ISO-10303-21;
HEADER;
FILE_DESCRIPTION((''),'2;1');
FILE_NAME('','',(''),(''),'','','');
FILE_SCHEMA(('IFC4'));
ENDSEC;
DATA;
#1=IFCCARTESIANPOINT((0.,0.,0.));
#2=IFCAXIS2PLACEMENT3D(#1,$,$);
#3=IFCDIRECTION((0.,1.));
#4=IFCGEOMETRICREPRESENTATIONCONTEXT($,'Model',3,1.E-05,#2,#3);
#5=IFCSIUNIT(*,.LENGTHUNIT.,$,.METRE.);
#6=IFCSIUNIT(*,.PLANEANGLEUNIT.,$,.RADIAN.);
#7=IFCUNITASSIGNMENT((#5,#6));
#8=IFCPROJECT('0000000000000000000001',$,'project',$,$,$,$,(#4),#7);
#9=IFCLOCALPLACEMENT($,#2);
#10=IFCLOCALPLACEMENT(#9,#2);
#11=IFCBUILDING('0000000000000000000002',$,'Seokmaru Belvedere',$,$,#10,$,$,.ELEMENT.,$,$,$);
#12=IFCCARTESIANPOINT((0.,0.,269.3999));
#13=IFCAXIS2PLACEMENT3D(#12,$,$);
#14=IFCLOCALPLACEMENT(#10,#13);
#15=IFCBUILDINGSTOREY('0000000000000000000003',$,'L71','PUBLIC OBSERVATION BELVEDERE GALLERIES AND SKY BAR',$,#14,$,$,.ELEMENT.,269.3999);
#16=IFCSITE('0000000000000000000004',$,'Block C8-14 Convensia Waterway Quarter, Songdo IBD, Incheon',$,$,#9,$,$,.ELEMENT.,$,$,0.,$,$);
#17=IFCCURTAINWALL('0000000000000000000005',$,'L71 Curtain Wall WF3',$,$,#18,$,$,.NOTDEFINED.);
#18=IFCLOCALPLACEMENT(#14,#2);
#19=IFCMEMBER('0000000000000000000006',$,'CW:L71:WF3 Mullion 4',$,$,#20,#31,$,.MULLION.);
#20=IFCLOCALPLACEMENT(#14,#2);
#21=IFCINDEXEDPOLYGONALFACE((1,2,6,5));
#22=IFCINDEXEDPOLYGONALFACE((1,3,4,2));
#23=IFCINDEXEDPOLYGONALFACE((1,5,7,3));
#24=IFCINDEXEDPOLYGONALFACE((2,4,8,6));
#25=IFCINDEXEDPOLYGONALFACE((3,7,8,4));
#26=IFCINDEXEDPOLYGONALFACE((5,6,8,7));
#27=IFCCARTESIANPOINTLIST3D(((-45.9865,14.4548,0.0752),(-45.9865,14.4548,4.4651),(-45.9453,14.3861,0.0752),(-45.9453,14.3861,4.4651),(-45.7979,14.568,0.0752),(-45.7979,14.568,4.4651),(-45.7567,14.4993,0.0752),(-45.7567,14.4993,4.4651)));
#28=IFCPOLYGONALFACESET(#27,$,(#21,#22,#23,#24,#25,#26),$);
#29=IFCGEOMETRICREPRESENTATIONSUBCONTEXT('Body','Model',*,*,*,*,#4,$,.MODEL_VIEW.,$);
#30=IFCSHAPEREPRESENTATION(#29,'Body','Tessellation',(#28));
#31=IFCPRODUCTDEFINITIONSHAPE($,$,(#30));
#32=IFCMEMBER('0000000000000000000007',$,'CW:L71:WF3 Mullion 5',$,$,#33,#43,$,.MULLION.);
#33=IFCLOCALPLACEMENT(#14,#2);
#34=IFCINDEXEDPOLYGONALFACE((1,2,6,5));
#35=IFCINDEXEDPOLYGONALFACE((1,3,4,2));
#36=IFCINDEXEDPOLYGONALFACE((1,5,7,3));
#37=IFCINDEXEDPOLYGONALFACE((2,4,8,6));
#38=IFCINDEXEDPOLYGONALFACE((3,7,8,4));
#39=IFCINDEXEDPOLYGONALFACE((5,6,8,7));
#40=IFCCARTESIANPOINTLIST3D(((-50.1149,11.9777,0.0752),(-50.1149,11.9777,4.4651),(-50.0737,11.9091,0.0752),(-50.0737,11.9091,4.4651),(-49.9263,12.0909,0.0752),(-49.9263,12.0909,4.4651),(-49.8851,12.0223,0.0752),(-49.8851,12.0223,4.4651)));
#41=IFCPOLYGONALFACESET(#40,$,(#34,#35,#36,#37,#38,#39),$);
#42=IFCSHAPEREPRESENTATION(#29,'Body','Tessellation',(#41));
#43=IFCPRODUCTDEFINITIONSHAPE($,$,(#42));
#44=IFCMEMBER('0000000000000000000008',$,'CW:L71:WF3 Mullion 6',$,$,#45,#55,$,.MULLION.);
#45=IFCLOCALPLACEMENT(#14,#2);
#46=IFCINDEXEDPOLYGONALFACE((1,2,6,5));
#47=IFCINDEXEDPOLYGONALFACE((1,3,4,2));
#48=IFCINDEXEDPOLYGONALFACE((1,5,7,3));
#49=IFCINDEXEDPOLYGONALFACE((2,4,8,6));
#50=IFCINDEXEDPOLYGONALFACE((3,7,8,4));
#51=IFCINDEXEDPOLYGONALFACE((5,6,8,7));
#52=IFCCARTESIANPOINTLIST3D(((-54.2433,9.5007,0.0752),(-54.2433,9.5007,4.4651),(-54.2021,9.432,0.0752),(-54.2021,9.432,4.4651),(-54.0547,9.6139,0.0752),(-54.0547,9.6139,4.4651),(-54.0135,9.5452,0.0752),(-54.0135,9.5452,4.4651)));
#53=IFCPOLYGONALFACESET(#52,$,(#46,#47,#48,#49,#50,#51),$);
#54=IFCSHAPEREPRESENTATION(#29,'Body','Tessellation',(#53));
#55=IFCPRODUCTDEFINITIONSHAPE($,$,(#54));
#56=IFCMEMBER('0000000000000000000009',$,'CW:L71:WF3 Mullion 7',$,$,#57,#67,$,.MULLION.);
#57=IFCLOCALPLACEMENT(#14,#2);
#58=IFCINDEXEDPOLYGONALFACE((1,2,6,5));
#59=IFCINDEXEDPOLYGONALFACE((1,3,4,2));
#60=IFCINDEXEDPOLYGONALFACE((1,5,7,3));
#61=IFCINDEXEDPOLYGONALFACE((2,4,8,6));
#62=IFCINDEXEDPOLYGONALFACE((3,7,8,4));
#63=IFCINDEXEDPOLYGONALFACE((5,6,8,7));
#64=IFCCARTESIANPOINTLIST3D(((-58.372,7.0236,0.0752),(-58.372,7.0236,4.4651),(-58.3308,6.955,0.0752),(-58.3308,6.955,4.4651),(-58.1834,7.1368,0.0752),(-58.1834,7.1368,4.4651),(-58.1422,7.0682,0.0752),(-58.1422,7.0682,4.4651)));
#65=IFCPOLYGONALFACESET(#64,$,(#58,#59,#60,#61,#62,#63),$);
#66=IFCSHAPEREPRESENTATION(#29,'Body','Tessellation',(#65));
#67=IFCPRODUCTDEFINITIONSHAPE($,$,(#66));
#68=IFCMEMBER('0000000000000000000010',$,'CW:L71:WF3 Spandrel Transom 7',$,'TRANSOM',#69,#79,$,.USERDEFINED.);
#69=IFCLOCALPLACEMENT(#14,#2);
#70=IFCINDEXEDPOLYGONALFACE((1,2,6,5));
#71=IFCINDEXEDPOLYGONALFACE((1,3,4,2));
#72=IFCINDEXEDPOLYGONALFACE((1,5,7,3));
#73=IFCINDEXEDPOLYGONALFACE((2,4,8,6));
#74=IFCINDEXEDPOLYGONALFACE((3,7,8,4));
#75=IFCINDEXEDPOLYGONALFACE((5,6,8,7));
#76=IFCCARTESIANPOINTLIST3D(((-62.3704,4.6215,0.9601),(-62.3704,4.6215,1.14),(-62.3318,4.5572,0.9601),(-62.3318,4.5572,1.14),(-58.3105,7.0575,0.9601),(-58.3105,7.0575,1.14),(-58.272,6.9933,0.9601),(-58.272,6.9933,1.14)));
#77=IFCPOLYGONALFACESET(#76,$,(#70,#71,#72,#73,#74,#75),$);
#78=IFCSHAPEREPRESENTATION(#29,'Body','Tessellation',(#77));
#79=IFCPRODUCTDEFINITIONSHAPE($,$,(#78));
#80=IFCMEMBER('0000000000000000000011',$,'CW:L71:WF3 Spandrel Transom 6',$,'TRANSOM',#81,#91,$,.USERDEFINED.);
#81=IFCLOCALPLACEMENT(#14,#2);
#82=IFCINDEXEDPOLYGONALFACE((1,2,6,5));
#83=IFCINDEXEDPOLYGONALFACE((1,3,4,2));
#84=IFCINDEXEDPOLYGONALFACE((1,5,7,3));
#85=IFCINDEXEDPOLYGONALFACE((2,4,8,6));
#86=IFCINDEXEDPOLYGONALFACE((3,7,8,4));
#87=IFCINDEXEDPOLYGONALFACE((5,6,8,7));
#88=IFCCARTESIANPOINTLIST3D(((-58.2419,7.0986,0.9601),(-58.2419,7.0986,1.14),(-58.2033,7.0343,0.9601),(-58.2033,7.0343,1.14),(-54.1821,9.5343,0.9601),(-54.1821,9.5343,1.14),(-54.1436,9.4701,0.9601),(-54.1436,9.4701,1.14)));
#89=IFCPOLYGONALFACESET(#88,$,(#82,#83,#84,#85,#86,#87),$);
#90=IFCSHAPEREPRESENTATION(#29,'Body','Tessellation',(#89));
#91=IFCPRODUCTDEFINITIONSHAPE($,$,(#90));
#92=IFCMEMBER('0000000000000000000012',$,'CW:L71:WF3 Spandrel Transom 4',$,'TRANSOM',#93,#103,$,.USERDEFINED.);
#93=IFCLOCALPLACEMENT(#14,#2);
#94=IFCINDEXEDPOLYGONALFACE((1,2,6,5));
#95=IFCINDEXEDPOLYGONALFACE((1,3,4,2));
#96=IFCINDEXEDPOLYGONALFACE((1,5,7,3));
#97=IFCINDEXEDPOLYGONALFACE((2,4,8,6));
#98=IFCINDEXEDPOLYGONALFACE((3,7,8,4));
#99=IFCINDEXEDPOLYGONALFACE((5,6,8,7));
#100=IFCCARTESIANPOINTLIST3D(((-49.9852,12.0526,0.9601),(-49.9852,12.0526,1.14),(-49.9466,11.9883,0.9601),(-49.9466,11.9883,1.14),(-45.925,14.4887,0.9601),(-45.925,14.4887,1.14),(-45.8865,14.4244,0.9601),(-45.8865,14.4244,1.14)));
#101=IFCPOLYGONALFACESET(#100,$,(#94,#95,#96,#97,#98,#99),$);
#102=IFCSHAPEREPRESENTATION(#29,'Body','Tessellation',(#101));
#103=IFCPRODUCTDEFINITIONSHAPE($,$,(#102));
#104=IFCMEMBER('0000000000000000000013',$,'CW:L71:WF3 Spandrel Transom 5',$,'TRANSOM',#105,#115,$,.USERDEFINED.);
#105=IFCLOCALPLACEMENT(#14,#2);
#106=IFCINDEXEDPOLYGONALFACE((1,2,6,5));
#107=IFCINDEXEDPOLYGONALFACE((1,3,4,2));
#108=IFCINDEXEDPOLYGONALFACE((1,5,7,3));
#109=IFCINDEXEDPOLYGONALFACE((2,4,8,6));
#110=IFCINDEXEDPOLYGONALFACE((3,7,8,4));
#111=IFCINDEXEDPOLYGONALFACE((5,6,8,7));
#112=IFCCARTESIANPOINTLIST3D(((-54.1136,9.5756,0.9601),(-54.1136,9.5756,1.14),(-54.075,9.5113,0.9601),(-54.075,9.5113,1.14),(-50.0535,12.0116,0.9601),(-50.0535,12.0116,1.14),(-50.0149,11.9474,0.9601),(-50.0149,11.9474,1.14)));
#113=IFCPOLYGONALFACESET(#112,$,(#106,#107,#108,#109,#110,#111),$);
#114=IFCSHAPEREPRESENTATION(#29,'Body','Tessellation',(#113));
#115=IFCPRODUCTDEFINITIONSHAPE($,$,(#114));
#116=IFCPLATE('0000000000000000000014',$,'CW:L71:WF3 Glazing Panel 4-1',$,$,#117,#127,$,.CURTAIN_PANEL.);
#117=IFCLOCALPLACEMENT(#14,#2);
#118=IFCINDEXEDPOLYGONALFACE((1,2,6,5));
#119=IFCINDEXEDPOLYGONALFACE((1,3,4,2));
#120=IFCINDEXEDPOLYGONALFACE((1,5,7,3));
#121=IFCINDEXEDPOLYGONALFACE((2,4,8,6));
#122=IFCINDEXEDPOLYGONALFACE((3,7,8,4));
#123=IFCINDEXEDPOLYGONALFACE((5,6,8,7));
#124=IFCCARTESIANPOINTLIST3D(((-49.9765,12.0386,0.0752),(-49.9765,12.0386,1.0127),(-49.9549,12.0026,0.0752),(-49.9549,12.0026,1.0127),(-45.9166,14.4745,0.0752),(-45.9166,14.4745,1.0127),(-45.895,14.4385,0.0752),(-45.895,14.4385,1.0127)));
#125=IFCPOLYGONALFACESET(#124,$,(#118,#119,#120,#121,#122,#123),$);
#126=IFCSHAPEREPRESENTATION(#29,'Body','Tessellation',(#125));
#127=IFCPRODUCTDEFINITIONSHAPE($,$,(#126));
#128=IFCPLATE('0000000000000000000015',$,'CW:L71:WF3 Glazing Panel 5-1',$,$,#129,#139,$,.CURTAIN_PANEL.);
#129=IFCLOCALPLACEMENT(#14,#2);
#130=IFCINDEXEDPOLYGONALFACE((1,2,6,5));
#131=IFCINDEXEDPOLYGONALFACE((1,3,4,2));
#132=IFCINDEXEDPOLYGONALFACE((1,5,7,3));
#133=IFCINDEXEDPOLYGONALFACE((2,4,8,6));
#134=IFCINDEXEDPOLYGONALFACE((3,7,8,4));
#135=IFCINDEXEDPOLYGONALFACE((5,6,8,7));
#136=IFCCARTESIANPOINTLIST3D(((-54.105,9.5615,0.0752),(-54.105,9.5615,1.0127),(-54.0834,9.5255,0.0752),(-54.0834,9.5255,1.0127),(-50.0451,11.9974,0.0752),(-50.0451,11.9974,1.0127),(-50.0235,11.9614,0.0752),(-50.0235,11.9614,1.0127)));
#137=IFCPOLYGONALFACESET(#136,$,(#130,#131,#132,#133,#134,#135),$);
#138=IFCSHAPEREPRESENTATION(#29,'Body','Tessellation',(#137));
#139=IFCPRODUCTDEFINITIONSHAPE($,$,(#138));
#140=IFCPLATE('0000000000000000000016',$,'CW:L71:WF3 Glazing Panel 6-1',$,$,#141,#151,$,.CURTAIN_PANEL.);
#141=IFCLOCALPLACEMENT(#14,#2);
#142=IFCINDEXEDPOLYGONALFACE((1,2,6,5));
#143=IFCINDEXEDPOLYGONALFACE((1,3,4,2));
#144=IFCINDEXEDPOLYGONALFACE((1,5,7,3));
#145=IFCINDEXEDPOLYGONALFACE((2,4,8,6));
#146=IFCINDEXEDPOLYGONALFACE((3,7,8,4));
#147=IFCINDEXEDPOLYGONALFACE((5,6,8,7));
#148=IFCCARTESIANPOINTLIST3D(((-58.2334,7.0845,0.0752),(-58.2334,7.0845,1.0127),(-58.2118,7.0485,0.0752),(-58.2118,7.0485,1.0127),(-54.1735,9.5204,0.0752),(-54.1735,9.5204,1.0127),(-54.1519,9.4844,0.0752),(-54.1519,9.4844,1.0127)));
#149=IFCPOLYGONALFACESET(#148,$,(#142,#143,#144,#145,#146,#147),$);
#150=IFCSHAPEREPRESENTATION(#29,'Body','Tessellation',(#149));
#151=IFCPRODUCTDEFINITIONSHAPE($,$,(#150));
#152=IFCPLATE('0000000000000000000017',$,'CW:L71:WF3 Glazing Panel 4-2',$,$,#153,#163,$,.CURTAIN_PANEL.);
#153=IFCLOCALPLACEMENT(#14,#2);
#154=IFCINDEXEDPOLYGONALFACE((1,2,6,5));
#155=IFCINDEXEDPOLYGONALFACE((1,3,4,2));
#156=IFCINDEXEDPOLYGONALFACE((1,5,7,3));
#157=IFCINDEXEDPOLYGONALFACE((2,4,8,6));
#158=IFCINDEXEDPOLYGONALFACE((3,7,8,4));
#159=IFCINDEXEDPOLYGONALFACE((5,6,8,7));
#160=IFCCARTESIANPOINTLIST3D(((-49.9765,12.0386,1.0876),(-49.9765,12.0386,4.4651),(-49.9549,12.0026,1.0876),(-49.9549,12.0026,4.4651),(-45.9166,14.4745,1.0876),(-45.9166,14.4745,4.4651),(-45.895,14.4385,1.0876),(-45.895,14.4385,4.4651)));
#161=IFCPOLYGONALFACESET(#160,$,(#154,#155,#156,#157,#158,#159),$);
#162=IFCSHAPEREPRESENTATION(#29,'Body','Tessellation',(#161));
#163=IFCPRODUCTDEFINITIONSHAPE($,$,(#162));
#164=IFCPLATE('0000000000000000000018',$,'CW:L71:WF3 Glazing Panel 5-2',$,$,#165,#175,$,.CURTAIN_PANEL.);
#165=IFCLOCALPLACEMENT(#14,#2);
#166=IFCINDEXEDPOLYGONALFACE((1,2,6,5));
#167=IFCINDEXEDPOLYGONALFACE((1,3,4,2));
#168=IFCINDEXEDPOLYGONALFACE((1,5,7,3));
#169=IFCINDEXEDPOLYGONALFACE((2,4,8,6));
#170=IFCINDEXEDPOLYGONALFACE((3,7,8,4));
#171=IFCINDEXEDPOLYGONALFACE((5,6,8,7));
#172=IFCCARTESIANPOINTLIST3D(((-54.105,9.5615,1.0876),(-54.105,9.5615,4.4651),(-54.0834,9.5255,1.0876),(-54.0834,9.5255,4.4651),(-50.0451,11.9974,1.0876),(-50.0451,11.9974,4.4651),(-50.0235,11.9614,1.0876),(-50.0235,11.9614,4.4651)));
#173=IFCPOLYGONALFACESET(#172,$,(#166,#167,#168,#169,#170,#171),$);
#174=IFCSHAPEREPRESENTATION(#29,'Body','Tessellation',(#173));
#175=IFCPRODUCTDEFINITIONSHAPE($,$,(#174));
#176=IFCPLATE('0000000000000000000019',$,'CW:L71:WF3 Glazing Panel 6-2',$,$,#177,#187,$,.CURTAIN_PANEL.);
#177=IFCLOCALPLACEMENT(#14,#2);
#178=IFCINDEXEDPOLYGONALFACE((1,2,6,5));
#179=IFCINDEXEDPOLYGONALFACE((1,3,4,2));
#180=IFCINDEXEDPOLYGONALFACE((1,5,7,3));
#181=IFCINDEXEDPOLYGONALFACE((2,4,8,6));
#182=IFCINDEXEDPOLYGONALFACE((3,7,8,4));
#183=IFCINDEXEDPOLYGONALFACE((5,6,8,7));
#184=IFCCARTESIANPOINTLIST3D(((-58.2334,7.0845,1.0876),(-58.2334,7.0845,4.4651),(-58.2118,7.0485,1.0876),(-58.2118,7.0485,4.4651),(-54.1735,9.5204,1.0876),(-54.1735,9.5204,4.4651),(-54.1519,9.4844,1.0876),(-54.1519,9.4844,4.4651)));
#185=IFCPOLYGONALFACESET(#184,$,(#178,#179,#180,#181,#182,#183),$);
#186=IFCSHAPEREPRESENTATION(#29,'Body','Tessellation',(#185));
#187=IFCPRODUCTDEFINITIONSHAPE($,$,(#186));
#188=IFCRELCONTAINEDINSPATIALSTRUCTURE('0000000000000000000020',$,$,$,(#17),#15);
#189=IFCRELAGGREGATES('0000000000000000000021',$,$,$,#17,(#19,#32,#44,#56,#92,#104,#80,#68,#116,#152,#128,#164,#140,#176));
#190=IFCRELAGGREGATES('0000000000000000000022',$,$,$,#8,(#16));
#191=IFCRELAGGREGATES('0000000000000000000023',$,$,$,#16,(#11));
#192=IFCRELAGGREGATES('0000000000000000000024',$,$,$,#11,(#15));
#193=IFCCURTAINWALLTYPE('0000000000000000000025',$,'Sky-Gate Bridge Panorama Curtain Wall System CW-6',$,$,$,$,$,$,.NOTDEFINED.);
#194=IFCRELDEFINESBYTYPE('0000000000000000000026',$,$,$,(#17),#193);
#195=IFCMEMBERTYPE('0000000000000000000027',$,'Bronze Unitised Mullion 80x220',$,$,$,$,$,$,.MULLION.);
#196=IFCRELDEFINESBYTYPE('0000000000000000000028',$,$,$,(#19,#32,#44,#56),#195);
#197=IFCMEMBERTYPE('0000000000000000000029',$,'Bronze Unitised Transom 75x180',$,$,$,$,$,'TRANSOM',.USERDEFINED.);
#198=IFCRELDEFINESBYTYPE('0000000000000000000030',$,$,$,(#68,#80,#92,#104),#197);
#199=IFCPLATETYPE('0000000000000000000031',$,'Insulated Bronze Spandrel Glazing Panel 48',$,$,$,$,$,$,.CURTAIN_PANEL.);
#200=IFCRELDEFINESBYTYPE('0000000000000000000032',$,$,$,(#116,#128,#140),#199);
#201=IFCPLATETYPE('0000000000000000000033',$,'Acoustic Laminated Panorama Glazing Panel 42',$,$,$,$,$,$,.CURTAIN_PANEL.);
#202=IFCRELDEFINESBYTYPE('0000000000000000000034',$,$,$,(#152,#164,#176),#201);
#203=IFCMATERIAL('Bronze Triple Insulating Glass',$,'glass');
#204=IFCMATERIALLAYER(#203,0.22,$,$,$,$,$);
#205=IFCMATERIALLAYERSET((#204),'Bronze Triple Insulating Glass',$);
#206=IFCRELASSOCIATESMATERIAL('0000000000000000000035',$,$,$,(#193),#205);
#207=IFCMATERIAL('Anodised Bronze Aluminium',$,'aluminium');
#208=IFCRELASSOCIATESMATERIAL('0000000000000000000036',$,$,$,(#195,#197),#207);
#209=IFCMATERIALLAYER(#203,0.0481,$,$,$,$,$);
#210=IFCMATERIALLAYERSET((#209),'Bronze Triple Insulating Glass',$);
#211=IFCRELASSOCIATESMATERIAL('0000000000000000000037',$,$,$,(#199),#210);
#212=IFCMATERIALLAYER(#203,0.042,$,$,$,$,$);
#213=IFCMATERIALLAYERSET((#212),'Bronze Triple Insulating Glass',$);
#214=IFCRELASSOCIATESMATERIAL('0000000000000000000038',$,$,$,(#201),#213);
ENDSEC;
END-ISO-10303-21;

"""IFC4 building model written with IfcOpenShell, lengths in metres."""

from ifc_helpers import new_model, si_unit, direction, frame, origin, origin_2d, place, context, subcontext, project, spatial, rectangle, extrude, source, transform, mapped, material, layer, layer_set, material_profile, profile_set, type_object, type_shapes, element, aggregate, save


model = new_model("IFC4")

# Units and contexts
model_context = context("Model", 3, precision=1e-05, world=origin(), true_north=direction((0.0, 1.0)))
body_context = subcontext(model_context, "Body", "Model", "MODEL_VIEW")
ifc_project = project(units=[si_unit("LENGTHUNIT", "METRE"), si_unit("PLANEANGLEUNIT", "RADIAN")], contexts=[model_context])

# Site, building, storey
site_placement = place(None, origin())
site = spatial("IfcSite", under=ifc_project, at=site_placement, Name="Block C8-14 Convensia Waterway Quarter, Songdo IBD, Incheon", CompositionType="ELEMENT", RefElevation=0.0)
building_placement = place(site_placement, origin())
building = spatial("IfcBuilding", under=site, at=building_placement, Name="Seokmaru Belvedere", CompositionType="ELEMENT")
storey_placement = place(building_placement, frame((0.0, 0.0, 269.3999)))
storey = spatial("IfcBuildingStorey", under=building, at=storey_placement, Name="L71", Description="PUBLIC OBSERVATION BELVEDERE GALLERIES AND SKY BAR", CompositionType="ELEMENT", Elevation=269.3999)

# Curtain wall, members, plates
ifc_material_1 = material(Name="Bronze Triple Insulating Glass", Category="glass")
ifc_layer_1 = layer(ifc_material_1, 0.22)
ifc_layer_set_1 = layer_set([ifc_layer_1], Name="Bronze Triple Insulating Glass")
curtain_wall_type = type_object("IfcCurtainWallType", Name="Sky-Gate Bridge Panorama Curtain Wall System CW-6", PredefinedType="NOTDEFINED", material=ifc_layer_set_1)
curtain_wall_placement = place(storey_placement, origin())
curtain_wall = element("IfcCurtainWall", 1, at=curtain_wall_placement, inside=storey, type_object=curtain_wall_type, Name="L71 Curtain Wall WF3", PredefinedType="NOTDEFINED")
ifc_material_2 = material(Name="Anodised Bronze Aluminium", Category="aluminium")
ifc_material_profile_1 = material_profile(ifc_material_2, rectangle(XDim=0.0801, YDim=0.22, at=origin_2d()), Name="CW-M-80x220")
ifc_profile_set_1 = profile_set([ifc_material_profile_1], Name="Anodised Bronze Aluminium")
member_type_1 = type_object("IfcMemberType", Name="Bronze Unitised Mullion 80x220", PredefinedType="MULLION", material=ifc_profile_set_1)
shared_shape_1 = source(origin(), body_context, "Body", "SweptSolid", [
    extrude(rectangle(XDim=0.0801, YDim=0.22, at=origin_2d()), origin(), (0.0, 0.0, 1.0), 4.3899),
])
type_shapes(member_type_1, [shared_shape_1])
member_1_placement = place(storey_placement, frame((-45.8716, 14.4771, 0.0752), z_axis=(0.0, 0.0, 1.0), x_axis=(0.514495, -0.857493, 0.0)))
member_1 = element("IfcMember", 2, at=member_1_placement, type_object=member_type_1, Name="CW:L71:WF3 Mullion 4", PredefinedType="MULLION", context=body_context, shape_type="MappedRepresentation", body=[
    mapped(shared_shape_1, transform((0.0, 0.0, 0.0), scale=1.0)),
])
member_2_placement = place(storey_placement, frame((-50.0, 12.0, 0.0752), z_axis=(0.0, 0.0, 1.0), x_axis=(0.514495, -0.857493, 0.0)))
member_2 = element("IfcMember", 3, at=member_2_placement, type_object=member_type_1, Name="CW:L71:WF3 Mullion 5", PredefinedType="MULLION", context=body_context, shape_type="MappedRepresentation", body=[
    mapped(shared_shape_1, transform((0.0, 0.0, 0.0), scale=1.0)),
])
member_3_placement = place(storey_placement, frame((-54.1284, 9.5229, 0.0752), z_axis=(0.0, 0.0, 1.0), x_axis=(0.514495, -0.857493, 0.0)))
member_3 = element("IfcMember", 4, at=member_3_placement, type_object=member_type_1, Name="CW:L71:WF3 Mullion 6", PredefinedType="MULLION", context=body_context, shape_type="MappedRepresentation", body=[
    mapped(shared_shape_1, transform((0.0, 0.0, 0.0), scale=1.0)),
])
member_4_placement = place(storey_placement, frame((-58.2571, 7.0459, 0.0752), z_axis=(0.0, 0.0, 1.0), x_axis=(0.514495, -0.857493, 0.0)))
member_4 = element("IfcMember", 5, at=member_4_placement, type_object=member_type_1, Name="CW:L71:WF3 Mullion 7", PredefinedType="MULLION", context=body_context, shape_type="MappedRepresentation", body=[
    mapped(shared_shape_1, transform((0.0, 0.0, 0.0), scale=1.0)),
])
ifc_material_profile_2 = material_profile(ifc_material_2, rectangle(XDim=0.075, YDim=0.1799, at=origin_2d()), Name="CW-T-75x180")
ifc_profile_set_2 = profile_set([ifc_material_profile_2], Name="Anodised Bronze Aluminium")
member_type_2 = type_object("IfcMemberType", Name="Bronze Unitised Transom 75x180", ElementType="TRANSOM", PredefinedType="USERDEFINED", material=ifc_profile_set_2)
shared_shape_2 = source(origin(), body_context, "Body", "SweptSolid", [
    extrude(rectangle(XDim=0.075, YDim=0.1799, at=origin_2d()), origin(), (0.0, 0.0, 1.0), 4.7346),
])
member_5_placement = place(storey_placement, frame((-58.2913, 7.0254, 1.05), z_axis=(-0.857479, -0.514519, 0.0), x_axis=(0.514519, -0.857479, 0.0)))
member_5 = element("IfcMember", 6, at=member_5_placement, type_object=member_type_2, Name="CW:L71:WF3 Spandrel Transom 7", ObjectType="TRANSOM", PredefinedType="USERDEFINED", context=body_context, shape_type="MappedRepresentation", body=[
    mapped(shared_shape_2, transform((0.0, 0.0, 0.0), scale=1.0)),
])
shared_shape_3 = source(origin(), body_context, "Body", "SweptSolid", [
    extrude(rectangle(XDim=0.075, YDim=0.1799, at=origin_2d()), origin(), (0.0, 0.0, 1.0), 4.7344),
])
member_6_placement = place(storey_placement, frame((-54.1628, 9.5022, 1.05), z_axis=(-0.857502, -0.514481, 0.0), x_axis=(0.514481, -0.857502, 0.0)))
member_6 = element("IfcMember", 7, at=member_6_placement, type_object=member_type_2, Name="CW:L71:WF3 Spandrel Transom 6", ObjectType="TRANSOM", PredefinedType="USERDEFINED", context=body_context, shape_type="MappedRepresentation", body=[
    mapped(shared_shape_3, transform((0.0, 0.0, 0.0), scale=1.0)),
])
shared_shape_4 = source(origin(), body_context, "Body", "SweptSolid", [
    extrude(rectangle(XDim=0.075, YDim=0.1799, at=origin_2d()), origin(), (0.0, 0.0, 1.0), 4.7349),
])
type_shapes(member_type_2, [shared_shape_2, shared_shape_3, shared_shape_4])
member_7_placement = place(storey_placement, frame((-45.9058, 14.4565, 1.05), z_axis=(-0.857493, -0.514496, 0.0), x_axis=(0.514496, -0.857493, 0.0)))
member_7 = element("IfcMember", 8, at=member_7_placement, type_object=member_type_2, Name="CW:L71:WF3 Spandrel Transom 4", ObjectType="TRANSOM", PredefinedType="USERDEFINED", context=body_context, shape_type="MappedRepresentation", body=[
    mapped(shared_shape_4, transform((0.0, 0.0, 0.0), scale=1.0)),
])
member_8_placement = place(storey_placement, frame((-50.0342, 11.9795, 1.05), z_axis=(-0.857493, -0.514496, 0.0), x_axis=(0.514496, -0.857493, 0.0)))
member_8 = element("IfcMember", 9, at=member_8_placement, type_object=member_type_2, Name="CW:L71:WF3 Spandrel Transom 5", ObjectType="TRANSOM", PredefinedType="USERDEFINED", context=body_context, shape_type="MappedRepresentation", body=[
    mapped(shared_shape_4, transform((0.0, 0.0, 0.0), scale=1.0)),
])
ifc_layer_2 = layer(ifc_material_1, 0.0481)
ifc_layer_set_2 = layer_set([ifc_layer_2], Name="Bronze Triple Insulating Glass")
plate_type_1 = type_object("IfcPlateType", Name="Insulated Bronze Spandrel Glazing Panel 48", PredefinedType="CURTAIN_PANEL", material=ifc_layer_set_2)
shared_shape_5 = source(origin(), body_context, "Body", "SweptSolid", [
    extrude(rectangle(XDim=4.7346, YDim=0.042, at=origin_2d()), origin(), (0.0, 0.0, 1.0), 0.9375),
])
type_shapes(plate_type_1, [shared_shape_5])
plate_1_placement = place(storey_placement, frame((-47.9358, 13.2385, 0.0752), z_axis=(0.0, 0.0, 1.0), x_axis=(-0.857493, -0.514495, 0.0)))
plate_1 = element("IfcPlate", 10, at=plate_1_placement, type_object=plate_type_1, Name="CW:L71:WF3 Glazing Panel 4-1", PredefinedType="CURTAIN_PANEL", context=body_context, shape_type="MappedRepresentation", body=[
    mapped(shared_shape_5, transform((0.0, 0.0, 0.0), scale=1.0)),
])
plate_2_placement = place(storey_placement, frame((-52.0642, 10.7615, 0.0752), z_axis=(0.0, 0.0, 1.0), x_axis=(-0.857493, -0.514495, 0.0)))
plate_2 = element("IfcPlate", 11, at=plate_2_placement, type_object=plate_type_1, Name="CW:L71:WF3 Glazing Panel 5-1", PredefinedType="CURTAIN_PANEL", context=body_context, shape_type="MappedRepresentation", body=[
    mapped(shared_shape_5, transform((0.0, 0.0, 0.0), scale=1.0)),
])
plate_3_placement = place(storey_placement, frame((-56.1926, 8.2844, 0.0752), z_axis=(0.0, 0.0, 1.0), x_axis=(-0.857493, -0.514495, 0.0)))
plate_3 = element("IfcPlate", 12, at=plate_3_placement, type_object=plate_type_1, Name="CW:L71:WF3 Glazing Panel 6-1", PredefinedType="CURTAIN_PANEL", context=body_context, shape_type="MappedRepresentation", body=[
    mapped(shared_shape_5, transform((0.0, 0.0, 0.0), scale=1.0)),
])
ifc_layer_3 = layer(ifc_material_1, 0.042)
ifc_layer_set_3 = layer_set([ifc_layer_3], Name="Bronze Triple Insulating Glass")
plate_type_2 = type_object("IfcPlateType", Name="Acoustic Laminated Panorama Glazing Panel 42", PredefinedType="CURTAIN_PANEL", material=ifc_layer_set_3)
shared_shape_6 = source(origin(), body_context, "Body", "SweptSolid", [
    extrude(rectangle(XDim=4.7346, YDim=0.042, at=origin_2d()), origin(), (0.0, 0.0, 1.0), 3.3774),
])
type_shapes(plate_type_2, [shared_shape_6])
plate_4_placement = place(storey_placement, frame((-47.9358, 13.2385, 1.0876), z_axis=(0.0, 0.0, 1.0), x_axis=(-0.857493, -0.514495, 0.0)))
plate_4 = element("IfcPlate", 13, at=plate_4_placement, type_object=plate_type_2, Name="CW:L71:WF3 Glazing Panel 4-2", PredefinedType="CURTAIN_PANEL", context=body_context, shape_type="MappedRepresentation", body=[
    mapped(shared_shape_6, transform((0.0, 0.0, 0.0), scale=1.0)),
])
plate_5_placement = place(storey_placement, frame((-52.0642, 10.7615, 1.0876), z_axis=(0.0, 0.0, 1.0), x_axis=(-0.857493, -0.514495, 0.0)))
plate_5 = element("IfcPlate", 14, at=plate_5_placement, type_object=plate_type_2, Name="CW:L71:WF3 Glazing Panel 5-2", PredefinedType="CURTAIN_PANEL", context=body_context, shape_type="MappedRepresentation", body=[
    mapped(shared_shape_6, transform((0.0, 0.0, 0.0), scale=1.0)),
])
plate_6_placement = place(storey_placement, frame((-56.1926, 8.2844, 1.0876), z_axis=(0.0, 0.0, 1.0), x_axis=(-0.857493, -0.514495, 0.0)))
plate_6 = element("IfcPlate", 15, at=plate_6_placement, type_object=plate_type_2, Name="CW:L71:WF3 Glazing Panel 6-2", PredefinedType="CURTAIN_PANEL", context=body_context, shape_type="MappedRepresentation", body=[
    mapped(shared_shape_6, transform((0.0, 0.0, 0.0), scale=1.0)),
])
aggregate(curtain_wall, [member_1, member_2, member_3, member_4, member_7, member_8, member_6, member_5, plate_1, plate_4, plate_2, plate_5, plate_3, plate_6])

save(model, "model.ifc")
